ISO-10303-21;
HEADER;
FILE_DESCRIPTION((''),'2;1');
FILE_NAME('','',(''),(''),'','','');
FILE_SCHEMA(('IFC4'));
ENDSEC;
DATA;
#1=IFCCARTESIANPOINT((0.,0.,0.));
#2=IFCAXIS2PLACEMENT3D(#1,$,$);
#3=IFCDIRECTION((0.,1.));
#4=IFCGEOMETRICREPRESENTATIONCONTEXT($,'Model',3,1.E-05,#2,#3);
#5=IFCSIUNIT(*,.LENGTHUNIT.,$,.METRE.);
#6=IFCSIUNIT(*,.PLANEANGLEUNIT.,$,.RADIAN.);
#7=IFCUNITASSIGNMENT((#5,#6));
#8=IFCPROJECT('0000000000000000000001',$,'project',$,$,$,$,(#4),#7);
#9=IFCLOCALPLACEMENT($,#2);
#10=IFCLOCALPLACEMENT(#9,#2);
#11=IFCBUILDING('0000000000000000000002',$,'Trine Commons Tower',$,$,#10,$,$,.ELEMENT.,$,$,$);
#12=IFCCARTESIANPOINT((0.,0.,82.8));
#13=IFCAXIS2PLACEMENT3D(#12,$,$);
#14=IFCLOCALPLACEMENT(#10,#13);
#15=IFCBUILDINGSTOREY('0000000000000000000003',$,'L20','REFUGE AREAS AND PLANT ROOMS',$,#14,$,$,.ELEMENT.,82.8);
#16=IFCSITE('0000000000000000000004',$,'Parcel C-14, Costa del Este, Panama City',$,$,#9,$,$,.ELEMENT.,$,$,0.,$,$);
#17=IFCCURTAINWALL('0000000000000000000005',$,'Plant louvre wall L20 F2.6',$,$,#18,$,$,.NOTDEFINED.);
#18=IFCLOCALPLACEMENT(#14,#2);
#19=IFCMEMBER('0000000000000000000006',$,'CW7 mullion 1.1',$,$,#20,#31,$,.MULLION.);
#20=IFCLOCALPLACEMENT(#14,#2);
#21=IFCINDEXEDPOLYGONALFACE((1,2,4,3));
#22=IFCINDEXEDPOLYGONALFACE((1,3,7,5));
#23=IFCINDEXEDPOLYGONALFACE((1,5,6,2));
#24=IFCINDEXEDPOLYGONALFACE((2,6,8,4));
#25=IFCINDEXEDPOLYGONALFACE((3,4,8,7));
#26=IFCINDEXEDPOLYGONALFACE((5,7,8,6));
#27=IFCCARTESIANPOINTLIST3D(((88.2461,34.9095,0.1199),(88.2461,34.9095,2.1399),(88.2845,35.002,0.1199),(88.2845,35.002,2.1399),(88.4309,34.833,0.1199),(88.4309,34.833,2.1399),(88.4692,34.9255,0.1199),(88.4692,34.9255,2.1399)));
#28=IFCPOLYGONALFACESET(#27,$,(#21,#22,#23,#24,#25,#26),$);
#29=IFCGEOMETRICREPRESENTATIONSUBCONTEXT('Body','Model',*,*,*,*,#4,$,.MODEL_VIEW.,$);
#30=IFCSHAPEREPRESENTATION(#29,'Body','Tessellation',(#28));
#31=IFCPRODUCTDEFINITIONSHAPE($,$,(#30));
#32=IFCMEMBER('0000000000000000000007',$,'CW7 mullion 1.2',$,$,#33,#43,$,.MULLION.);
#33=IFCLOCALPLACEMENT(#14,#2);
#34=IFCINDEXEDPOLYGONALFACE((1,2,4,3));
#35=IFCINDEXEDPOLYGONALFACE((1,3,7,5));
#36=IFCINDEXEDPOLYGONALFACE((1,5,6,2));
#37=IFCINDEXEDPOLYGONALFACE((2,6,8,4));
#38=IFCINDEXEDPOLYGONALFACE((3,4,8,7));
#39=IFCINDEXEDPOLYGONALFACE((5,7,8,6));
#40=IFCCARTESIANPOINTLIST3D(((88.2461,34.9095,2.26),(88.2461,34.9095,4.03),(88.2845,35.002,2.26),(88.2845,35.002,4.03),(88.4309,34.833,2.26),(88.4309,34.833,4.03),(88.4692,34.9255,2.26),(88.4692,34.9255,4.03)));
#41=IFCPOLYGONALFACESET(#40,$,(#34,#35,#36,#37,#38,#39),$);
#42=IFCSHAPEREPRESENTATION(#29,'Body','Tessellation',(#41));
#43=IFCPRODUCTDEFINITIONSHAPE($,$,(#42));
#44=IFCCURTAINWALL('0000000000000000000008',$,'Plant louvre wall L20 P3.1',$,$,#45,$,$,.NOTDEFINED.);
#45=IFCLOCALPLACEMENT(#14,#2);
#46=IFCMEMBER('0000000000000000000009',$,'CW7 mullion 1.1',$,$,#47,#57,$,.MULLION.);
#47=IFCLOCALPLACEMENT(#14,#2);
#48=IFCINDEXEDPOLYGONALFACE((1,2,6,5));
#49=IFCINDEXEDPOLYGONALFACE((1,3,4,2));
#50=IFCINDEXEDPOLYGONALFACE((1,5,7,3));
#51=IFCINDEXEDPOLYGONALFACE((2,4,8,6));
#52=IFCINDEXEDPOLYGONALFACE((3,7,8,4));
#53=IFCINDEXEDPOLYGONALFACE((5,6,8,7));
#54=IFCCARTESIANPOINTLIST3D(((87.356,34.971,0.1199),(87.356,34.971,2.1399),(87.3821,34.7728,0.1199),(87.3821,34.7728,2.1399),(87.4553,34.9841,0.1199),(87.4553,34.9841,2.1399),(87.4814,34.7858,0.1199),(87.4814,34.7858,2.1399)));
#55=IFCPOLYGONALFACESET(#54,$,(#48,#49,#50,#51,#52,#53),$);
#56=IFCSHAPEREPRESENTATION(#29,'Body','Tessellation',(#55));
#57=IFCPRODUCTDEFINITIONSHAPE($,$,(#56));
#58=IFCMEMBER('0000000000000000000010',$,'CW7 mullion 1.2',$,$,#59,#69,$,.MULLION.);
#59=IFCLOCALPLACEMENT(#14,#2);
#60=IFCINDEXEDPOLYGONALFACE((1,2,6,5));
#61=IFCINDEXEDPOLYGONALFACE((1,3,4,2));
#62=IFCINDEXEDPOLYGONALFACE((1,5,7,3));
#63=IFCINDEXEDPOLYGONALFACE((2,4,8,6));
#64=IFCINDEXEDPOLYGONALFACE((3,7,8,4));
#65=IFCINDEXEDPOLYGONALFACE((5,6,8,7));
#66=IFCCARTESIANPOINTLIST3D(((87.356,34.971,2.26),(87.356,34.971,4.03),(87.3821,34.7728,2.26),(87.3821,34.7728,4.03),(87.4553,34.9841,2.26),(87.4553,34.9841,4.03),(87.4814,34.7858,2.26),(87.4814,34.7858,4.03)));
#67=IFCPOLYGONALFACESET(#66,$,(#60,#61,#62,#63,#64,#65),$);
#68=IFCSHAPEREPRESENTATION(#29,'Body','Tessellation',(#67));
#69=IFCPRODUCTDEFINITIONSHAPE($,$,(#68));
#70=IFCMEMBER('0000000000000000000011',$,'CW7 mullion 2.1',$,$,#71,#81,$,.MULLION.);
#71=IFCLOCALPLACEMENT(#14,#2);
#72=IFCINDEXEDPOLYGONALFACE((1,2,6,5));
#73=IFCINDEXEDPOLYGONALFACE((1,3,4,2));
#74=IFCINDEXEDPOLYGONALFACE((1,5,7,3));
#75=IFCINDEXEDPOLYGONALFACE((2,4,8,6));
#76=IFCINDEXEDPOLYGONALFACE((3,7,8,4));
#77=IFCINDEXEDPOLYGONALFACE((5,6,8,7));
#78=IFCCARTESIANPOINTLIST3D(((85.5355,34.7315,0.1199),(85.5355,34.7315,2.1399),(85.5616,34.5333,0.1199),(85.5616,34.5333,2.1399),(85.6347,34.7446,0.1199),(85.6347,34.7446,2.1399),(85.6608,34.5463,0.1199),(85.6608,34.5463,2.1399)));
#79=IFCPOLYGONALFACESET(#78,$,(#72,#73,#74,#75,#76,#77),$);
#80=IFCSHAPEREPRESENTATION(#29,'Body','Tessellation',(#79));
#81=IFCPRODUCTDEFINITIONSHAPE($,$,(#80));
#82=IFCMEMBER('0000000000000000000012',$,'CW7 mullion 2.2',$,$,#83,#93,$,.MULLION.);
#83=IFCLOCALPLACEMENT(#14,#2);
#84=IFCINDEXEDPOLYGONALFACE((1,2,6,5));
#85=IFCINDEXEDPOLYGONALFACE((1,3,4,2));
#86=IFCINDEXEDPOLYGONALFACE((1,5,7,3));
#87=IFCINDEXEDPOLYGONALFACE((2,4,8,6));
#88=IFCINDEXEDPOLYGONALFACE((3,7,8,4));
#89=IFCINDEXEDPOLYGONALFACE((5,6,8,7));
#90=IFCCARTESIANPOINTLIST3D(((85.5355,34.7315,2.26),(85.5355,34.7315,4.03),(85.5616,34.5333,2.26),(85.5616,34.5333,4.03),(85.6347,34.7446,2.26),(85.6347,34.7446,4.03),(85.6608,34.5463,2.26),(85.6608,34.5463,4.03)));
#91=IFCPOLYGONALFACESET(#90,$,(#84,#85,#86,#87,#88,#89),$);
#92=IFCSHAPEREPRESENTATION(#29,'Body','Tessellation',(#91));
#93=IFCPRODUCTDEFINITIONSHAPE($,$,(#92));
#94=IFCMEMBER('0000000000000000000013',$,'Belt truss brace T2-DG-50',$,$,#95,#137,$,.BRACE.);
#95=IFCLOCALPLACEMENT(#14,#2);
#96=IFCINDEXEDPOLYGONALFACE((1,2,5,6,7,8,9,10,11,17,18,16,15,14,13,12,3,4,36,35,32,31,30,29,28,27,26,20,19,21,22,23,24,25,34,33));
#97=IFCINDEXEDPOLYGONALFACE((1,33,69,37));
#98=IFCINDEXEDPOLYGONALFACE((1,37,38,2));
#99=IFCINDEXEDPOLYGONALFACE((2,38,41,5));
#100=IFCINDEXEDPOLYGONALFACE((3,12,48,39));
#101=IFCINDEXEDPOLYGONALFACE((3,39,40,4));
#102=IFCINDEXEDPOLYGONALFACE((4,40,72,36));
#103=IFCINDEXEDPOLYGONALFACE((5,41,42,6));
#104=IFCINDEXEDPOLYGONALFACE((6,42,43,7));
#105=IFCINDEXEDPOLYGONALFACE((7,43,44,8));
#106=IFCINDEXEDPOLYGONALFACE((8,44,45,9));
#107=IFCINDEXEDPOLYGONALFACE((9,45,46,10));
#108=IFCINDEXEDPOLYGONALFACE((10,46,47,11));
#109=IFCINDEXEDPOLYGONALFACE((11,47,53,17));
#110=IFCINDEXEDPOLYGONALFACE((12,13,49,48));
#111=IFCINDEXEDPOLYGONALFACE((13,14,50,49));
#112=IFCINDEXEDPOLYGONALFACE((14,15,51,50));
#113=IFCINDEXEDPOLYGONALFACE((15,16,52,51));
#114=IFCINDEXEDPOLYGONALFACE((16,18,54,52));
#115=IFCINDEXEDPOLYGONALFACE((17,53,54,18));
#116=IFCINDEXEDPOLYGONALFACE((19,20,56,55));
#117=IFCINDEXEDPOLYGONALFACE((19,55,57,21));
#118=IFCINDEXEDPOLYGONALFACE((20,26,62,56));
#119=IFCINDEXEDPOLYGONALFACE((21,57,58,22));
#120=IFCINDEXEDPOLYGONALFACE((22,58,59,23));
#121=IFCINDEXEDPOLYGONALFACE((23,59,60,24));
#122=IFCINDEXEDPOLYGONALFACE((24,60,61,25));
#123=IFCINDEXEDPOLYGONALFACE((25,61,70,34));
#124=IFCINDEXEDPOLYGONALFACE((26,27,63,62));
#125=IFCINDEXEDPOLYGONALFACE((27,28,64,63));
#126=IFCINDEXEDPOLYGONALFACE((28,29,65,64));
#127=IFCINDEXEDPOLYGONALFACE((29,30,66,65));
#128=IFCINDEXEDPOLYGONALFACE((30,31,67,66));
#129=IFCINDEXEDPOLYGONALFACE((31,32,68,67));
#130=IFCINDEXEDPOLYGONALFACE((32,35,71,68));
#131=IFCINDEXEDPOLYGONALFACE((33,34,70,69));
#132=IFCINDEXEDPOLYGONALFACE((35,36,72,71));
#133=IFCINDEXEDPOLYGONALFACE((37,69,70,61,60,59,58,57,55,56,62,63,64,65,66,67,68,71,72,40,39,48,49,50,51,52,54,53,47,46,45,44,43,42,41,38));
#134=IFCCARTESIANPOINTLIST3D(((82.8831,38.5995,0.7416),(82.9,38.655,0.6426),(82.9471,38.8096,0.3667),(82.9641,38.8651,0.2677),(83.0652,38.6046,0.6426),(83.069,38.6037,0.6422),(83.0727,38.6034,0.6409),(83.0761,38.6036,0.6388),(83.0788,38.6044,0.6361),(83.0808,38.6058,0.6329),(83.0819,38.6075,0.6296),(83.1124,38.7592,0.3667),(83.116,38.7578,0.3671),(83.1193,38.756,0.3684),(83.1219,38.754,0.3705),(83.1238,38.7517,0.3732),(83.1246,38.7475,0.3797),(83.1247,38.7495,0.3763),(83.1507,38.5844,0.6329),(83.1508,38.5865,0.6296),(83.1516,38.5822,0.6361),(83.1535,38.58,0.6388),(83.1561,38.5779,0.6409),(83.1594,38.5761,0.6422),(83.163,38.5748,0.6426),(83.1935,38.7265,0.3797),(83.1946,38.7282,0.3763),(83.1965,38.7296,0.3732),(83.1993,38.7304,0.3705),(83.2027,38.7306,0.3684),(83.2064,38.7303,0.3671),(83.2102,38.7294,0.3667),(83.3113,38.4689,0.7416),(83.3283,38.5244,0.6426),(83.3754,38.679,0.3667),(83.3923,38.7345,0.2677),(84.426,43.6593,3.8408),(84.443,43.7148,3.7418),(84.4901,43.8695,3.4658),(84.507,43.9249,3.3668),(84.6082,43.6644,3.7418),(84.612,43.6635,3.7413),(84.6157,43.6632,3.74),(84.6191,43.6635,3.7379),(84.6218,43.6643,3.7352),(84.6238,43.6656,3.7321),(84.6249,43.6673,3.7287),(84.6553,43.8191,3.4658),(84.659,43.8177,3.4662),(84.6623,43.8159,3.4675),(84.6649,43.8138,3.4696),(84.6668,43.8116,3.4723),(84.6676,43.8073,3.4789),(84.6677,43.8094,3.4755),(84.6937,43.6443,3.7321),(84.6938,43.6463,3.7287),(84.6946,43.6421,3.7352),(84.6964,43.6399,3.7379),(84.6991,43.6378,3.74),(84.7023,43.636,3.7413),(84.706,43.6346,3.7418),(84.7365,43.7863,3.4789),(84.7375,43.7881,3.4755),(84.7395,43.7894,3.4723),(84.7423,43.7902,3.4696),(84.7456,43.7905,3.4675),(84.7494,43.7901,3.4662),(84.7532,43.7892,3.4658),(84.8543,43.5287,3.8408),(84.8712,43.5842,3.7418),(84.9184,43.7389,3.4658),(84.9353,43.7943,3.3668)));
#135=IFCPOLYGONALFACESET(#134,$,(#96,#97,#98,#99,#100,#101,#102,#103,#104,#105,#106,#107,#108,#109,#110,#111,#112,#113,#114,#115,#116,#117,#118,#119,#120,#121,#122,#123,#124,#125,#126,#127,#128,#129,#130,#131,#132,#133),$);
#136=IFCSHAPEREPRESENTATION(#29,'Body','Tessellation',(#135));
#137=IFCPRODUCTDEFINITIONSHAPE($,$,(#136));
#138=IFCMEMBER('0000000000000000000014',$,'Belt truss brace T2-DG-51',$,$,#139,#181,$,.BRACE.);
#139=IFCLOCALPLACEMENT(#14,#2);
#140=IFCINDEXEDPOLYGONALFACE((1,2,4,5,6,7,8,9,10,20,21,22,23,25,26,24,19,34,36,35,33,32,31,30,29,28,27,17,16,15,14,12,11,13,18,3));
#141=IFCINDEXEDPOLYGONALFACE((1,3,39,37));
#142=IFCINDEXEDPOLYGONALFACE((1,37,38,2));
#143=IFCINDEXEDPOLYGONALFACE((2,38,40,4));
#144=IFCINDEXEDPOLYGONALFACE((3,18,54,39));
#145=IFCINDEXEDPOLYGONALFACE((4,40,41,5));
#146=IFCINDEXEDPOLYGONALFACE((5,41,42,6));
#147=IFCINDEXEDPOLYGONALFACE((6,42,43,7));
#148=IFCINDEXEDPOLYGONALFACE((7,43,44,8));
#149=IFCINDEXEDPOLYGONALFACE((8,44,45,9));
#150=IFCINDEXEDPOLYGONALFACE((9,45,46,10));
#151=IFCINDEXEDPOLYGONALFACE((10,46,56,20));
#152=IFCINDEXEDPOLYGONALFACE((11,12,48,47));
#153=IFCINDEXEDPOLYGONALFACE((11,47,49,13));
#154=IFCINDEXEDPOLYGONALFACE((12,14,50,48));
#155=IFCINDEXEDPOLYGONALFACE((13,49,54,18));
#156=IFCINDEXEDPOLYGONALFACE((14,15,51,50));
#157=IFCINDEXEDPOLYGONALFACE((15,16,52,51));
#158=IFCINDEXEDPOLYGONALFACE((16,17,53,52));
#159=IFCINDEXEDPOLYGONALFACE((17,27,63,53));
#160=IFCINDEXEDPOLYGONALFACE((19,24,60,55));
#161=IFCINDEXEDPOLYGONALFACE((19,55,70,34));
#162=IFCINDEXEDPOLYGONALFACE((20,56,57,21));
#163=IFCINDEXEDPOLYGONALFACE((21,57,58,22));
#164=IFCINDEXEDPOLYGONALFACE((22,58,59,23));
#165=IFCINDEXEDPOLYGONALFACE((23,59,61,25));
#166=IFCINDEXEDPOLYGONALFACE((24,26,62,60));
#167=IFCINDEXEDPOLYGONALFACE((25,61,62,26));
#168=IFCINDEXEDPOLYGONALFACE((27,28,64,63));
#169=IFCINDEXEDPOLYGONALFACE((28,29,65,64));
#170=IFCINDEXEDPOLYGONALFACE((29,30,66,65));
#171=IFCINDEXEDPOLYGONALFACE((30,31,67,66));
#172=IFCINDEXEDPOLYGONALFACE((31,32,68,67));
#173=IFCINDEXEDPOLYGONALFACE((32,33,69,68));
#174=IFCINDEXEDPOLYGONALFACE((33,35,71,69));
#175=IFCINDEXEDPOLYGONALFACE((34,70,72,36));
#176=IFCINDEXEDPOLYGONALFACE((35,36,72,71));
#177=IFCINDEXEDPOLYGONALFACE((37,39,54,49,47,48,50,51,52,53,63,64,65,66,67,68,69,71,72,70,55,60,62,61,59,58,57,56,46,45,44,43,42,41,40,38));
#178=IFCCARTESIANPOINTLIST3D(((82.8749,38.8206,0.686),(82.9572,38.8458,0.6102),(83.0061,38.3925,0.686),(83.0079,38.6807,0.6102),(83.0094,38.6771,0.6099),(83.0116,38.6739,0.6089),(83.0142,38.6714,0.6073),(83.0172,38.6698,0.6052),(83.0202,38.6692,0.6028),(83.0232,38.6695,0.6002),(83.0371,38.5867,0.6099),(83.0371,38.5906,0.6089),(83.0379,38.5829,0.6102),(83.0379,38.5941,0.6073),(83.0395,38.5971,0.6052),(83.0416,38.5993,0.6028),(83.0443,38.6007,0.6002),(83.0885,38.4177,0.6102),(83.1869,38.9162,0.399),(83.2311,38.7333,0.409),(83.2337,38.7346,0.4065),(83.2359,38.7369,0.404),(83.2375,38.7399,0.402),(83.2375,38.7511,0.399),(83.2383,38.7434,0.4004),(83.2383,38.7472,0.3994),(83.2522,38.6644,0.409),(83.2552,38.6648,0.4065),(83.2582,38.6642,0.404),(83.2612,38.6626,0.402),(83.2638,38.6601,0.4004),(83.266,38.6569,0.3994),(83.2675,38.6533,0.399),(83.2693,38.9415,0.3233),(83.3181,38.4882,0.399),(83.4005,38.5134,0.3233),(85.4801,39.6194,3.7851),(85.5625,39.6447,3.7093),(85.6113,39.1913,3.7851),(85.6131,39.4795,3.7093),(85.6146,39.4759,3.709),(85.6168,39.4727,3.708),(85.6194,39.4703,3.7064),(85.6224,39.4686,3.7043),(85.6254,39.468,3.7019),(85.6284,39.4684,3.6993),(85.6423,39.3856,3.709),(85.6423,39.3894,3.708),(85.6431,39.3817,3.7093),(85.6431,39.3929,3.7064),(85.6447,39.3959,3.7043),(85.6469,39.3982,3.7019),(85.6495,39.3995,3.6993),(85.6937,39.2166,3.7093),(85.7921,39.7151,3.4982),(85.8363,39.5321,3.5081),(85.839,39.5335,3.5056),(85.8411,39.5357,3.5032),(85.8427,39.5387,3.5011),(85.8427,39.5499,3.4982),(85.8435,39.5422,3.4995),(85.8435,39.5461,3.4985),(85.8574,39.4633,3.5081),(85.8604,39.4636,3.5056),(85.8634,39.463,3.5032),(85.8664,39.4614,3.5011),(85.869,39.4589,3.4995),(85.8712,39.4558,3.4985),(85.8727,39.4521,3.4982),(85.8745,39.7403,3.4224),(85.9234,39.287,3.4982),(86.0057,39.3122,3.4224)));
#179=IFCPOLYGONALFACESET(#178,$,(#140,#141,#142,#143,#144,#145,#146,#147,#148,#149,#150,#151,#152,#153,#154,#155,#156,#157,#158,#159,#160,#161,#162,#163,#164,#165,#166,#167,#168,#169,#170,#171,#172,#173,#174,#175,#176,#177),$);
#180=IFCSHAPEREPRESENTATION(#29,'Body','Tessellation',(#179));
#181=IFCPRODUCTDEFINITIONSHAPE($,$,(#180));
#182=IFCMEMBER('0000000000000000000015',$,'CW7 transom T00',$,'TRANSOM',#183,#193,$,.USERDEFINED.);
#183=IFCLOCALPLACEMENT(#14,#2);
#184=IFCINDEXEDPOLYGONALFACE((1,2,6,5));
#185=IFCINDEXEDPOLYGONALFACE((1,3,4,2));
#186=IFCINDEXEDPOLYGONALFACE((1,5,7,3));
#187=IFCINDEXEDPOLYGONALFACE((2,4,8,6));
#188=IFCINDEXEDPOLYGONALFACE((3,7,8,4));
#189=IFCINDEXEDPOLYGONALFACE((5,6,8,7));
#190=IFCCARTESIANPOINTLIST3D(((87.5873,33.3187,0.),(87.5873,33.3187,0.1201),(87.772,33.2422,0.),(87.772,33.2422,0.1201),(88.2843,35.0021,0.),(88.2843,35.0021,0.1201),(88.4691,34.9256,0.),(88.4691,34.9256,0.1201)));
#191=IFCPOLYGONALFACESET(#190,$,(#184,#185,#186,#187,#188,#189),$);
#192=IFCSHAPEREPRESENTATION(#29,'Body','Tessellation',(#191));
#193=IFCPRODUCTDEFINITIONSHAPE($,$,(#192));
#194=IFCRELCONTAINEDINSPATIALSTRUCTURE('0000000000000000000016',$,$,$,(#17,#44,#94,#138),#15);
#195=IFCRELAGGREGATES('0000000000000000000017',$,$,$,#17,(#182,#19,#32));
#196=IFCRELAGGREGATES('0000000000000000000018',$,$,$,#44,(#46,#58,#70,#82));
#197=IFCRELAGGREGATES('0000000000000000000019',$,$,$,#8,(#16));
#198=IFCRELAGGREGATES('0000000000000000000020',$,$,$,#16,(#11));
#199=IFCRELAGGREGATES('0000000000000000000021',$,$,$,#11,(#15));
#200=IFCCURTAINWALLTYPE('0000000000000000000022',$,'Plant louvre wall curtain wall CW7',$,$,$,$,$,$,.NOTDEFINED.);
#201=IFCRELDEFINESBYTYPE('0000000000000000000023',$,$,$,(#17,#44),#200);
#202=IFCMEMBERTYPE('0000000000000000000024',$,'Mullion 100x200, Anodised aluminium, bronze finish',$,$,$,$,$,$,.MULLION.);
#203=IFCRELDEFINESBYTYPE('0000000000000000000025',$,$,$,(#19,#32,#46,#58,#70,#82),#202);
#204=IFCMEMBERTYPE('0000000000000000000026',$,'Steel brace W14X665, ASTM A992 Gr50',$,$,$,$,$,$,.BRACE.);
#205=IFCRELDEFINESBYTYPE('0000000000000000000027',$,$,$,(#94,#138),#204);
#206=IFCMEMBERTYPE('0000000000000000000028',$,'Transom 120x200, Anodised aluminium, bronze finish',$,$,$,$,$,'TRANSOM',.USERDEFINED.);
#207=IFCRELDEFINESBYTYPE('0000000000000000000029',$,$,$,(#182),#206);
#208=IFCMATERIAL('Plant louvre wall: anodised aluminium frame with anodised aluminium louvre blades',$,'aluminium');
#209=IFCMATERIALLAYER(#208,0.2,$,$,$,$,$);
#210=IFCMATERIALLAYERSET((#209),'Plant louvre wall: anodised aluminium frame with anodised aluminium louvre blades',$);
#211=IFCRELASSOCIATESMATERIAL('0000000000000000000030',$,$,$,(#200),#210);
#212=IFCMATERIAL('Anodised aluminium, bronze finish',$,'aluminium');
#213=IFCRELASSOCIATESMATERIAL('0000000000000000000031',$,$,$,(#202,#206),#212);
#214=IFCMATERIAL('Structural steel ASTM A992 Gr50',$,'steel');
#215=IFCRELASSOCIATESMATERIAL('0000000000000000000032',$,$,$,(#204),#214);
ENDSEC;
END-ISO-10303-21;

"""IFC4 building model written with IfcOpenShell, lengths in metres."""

from ifc_helpers import new_model, si_unit, direction, frame, origin, origin_2d, place, context, subcontext, project, spatial, rectangle, i_section, extrude, material, layer, layer_set, material_profile, profile_set, type_object, element, aggregate, save


model = new_model("IFC4")

# Units and contexts
model_context = context("Model", 3, precision=1e-05, world=origin(), true_north=direction((0.0, 1.0)))
body_context = subcontext(model_context, "Body", "Model", "MODEL_VIEW")
ifc_project = project(units=[si_unit("LENGTHUNIT", "METRE"), si_unit("PLANEANGLEUNIT", "RADIAN")], contexts=[model_context])

# Site, building, storey
site_placement = place(None, origin())
site = spatial("IfcSite", under=ifc_project, at=site_placement, Name="Parcel C-14, Costa del Este, Panama City", CompositionType="ELEMENT", RefElevation=0.0)
building_placement = place(site_placement, origin())
building = spatial("IfcBuilding", under=site, at=building_placement, Name="Trine Commons Tower", CompositionType="ELEMENT")
storey_placement = place(building_placement, frame((0.0, 0.0, 82.8)))
storey = spatial("IfcBuildingStorey", under=building, at=storey_placement, Name="L20", Description="REFUGE AREAS AND PLANT ROOMS", CompositionType="ELEMENT", Elevation=82.8)

# Curtain walls, members
ifc_material_1 = material(Name="Plant louvre wall: anodised aluminium frame with anodised aluminium louvre blades", Category="aluminium")
ifc_layer_1 = layer(ifc_material_1, 0.2)
ifc_layer_set_1 = layer_set([ifc_layer_1], Name="Plant louvre wall: anodised aluminium frame with anodised aluminium louvre blades")
curtain_wall_type = type_object("IfcCurtainWallType", Name="Plant louvre wall curtain wall CW7", PredefinedType="NOTDEFINED", material=ifc_layer_set_1)
curtain_wall_1_placement = place(storey_placement, origin())
curtain_wall_1 = element("IfcCurtainWall", 1, at=curtain_wall_1_placement, inside=storey, type_object=curtain_wall_type, Name="Plant louvre wall L20 F2.6", PredefinedType="NOTDEFINED")
ifc_material_2 = material(Name="Anodised aluminium, bronze finish", Category="aluminium")
ifc_material_profile_1 = material_profile(ifc_material_2, rectangle(XDim=0.2, YDim=0.1001, at=origin_2d()), Name="Mullion 100x200")
ifc_profile_set_1 = profile_set([ifc_material_profile_1], Name="Anodised aluminium, bronze finish")
member_type_1 = type_object("IfcMemberType", Name="Mullion 100x200, Anodised aluminium, bronze finish", PredefinedType="MULLION", material=ifc_profile_set_1)
member_1_placement = place(storey_placement, frame((88.3577, 34.9175, 0.1199), z_axis=(0.0, 0.0, 1.0), x_axis=(0.92388, -0.382683, 0.0)))
member_1 = element("IfcMember", 2, at=member_1_placement, type_object=member_type_1, Name="CW7 mullion 1.1", PredefinedType="MULLION", context=body_context, shape_type="SweptSolid", body=[
    extrude(rectangle(XDim=0.2, YDim=0.1001, at=origin_2d()), origin(), (0.0, 0.0, 1.0), 2.02),
])
member_2_placement = place(storey_placement, frame((88.3577, 34.9175, 2.26), z_axis=(0.0, 0.0, 1.0), x_axis=(0.92388, -0.382683, 0.0)))
member_2 = element("IfcMember", 3, at=member_2_placement, type_object=member_type_1, Name="CW7 mullion 1.2", PredefinedType="MULLION", context=body_context, shape_type="SweptSolid", body=[
    extrude(rectangle(XDim=0.2, YDim=0.1001, at=origin_2d()), origin(), (0.0, 0.0, 1.0), 1.77),
])
curtain_wall_2_placement = place(storey_placement, origin())
curtain_wall_2 = element("IfcCurtainWall", 4, at=curtain_wall_2_placement, inside=storey, type_object=curtain_wall_type, Name="Plant louvre wall L20 P3.1", PredefinedType="NOTDEFINED")
member_3_placement = place(storey_placement, frame((87.4187, 34.8784, 0.1199), z_axis=(0.0, 0.0, 1.0), x_axis=(0.130526, -0.991445, 0.0)))
member_3 = element("IfcMember", 5, at=member_3_placement, type_object=member_type_1, Name="CW7 mullion 1.1", PredefinedType="MULLION", context=body_context, shape_type="SweptSolid", body=[
    extrude(rectangle(XDim=0.2, YDim=0.1001, at=origin_2d()), origin(), (0.0, 0.0, 1.0), 2.02),
])
member_4_placement = place(storey_placement, frame((87.4187, 34.8784, 2.26), z_axis=(0.0, 0.0, 1.0), x_axis=(0.130526, -0.991445, 0.0)))
member_4 = element("IfcMember", 6, at=member_4_placement, type_object=member_type_1, Name="CW7 mullion 1.2", PredefinedType="MULLION", context=body_context, shape_type="SweptSolid", body=[
    extrude(rectangle(XDim=0.2, YDim=0.1001, at=origin_2d()), origin(), (0.0, 0.0, 1.0), 1.77),
])
member_5_placement = place(storey_placement, frame((85.5981, 34.6389, 0.1199), z_axis=(0.0, 0.0, 1.0), x_axis=(0.130526, -0.991445, 0.0)))
member_5 = element("IfcMember", 7, at=member_5_placement, type_object=member_type_1, Name="CW7 mullion 2.1", PredefinedType="MULLION", context=body_context, shape_type="SweptSolid", body=[
    extrude(rectangle(XDim=0.2, YDim=0.1001, at=origin_2d()), origin(), (0.0, 0.0, 1.0), 2.02),
])
member_6_placement = place(storey_placement, frame((85.5981, 34.6389, 2.26), z_axis=(0.0, 0.0, 1.0), x_axis=(0.130526, -0.991445, 0.0)))
member_6 = element("IfcMember", 8, at=member_6_placement, type_object=member_type_1, Name="CW7 mullion 2.2", PredefinedType="MULLION", context=body_context, shape_type="SweptSolid", body=[
    extrude(rectangle(XDim=0.2, YDim=0.1001, at=origin_2d()), origin(), (0.0, 0.0, 1.0), 1.77),
])

# Members
ifc_material_3 = material(Name="Structural steel ASTM A992 Gr50", Category="steel")
ifc_material_profile_2 = material_profile(ifc_material_3, i_section(OverallWidth=0.4478, OverallDepth=0.5493, WebThickness=0.072, FlangeThickness=0.1147, FilletRadius=0.0151, at=origin_2d()), Name="W14X665")
ifc_profile_set_2 = profile_set([ifc_material_profile_2], Name="Structural steel ASTM A992 Gr50")
member_type_2 = type_object("IfcMemberType", Name="Steel brace W14X665, ASTM A992 Gr50", PredefinedType="BRACE", material=ifc_profile_set_2)
member_7_placement = place(storey_placement, frame((83.1377, 38.667, 0.5046), z_axis=(0.251674, 0.825307, 0.505498), x_axis=(-0.956514, 0.291685, 0.0)))
element("IfcMember", 9, at=member_7_placement, inside=storey, type_object=member_type_2, Name="Belt truss brace T2-DG-50", PredefinedType="BRACE", context=body_context, shape_type="SweptSolid", body=[
    extrude(i_section(OverallWidth=0.4478, OverallDepth=0.5493, WebThickness=0.072, FlangeThickness=0.1147, FilletRadius=0.0151, at=origin_2d()), origin(), (0.0, 0.0, 1.0), 6.1309),
])
member_8_placement = place(storey_placement, frame((83.1377, 38.667, 0.5046), z_axis=(0.631305, 0.193574, 0.750988), x_axis=(-0.293154, 0.956065, 0.0)))
element("IfcMember", 10, at=member_8_placement, inside=storey, type_object=member_type_2, Name="Belt truss brace T2-DG-51", PredefinedType="BRACE", context=body_context, shape_type="SweptSolid", body=[
    extrude(i_section(OverallWidth=0.4478, OverallDepth=0.5493, WebThickness=0.072, FlangeThickness=0.1147, FilletRadius=0.0151, at=origin_2d()), origin(), (0.0, 0.0, 1.0), 4.1267),
])

# Member
ifc_material_profile_3 = material_profile(ifc_material_2, rectangle(XDim=0.2, YDim=0.1201, at=origin_2d()), Name="Transom 120x200")
ifc_profile_set_3 = profile_set([ifc_material_profile_3], Name="Anodised aluminium, bronze finish")
member_type_3 = type_object("IfcMemberType", Name="Transom 120x200, Anodised aluminium, bronze finish", ElementType="TRANSOM", PredefinedType="USERDEFINED", material=ifc_profile_set_3)
member_9_placement = place(storey_placement, frame((88.3767, 34.9639, 0.0601), z_axis=(-0.382569, -0.923927, 0.0), x_axis=(0.923927, -0.382569, 0.0)))
member_9 = element("IfcMember", 11, at=member_9_placement, type_object=member_type_3, Name="CW7 transom T00", ObjectType="TRANSOM", PredefinedType="USERDEFINED", context=body_context, shape_type="SweptSolid", body=[
    extrude(rectangle(XDim=0.2, YDim=0.1201, at=origin_2d()), origin(), (0.0, 0.0, 1.0), 1.822),
])
aggregate(curtain_wall_1, [member_9, member_1, member_2])

aggregate(curtain_wall_2, [member_3, member_4, member_5, member_6])

save(model, "model.ifc")
